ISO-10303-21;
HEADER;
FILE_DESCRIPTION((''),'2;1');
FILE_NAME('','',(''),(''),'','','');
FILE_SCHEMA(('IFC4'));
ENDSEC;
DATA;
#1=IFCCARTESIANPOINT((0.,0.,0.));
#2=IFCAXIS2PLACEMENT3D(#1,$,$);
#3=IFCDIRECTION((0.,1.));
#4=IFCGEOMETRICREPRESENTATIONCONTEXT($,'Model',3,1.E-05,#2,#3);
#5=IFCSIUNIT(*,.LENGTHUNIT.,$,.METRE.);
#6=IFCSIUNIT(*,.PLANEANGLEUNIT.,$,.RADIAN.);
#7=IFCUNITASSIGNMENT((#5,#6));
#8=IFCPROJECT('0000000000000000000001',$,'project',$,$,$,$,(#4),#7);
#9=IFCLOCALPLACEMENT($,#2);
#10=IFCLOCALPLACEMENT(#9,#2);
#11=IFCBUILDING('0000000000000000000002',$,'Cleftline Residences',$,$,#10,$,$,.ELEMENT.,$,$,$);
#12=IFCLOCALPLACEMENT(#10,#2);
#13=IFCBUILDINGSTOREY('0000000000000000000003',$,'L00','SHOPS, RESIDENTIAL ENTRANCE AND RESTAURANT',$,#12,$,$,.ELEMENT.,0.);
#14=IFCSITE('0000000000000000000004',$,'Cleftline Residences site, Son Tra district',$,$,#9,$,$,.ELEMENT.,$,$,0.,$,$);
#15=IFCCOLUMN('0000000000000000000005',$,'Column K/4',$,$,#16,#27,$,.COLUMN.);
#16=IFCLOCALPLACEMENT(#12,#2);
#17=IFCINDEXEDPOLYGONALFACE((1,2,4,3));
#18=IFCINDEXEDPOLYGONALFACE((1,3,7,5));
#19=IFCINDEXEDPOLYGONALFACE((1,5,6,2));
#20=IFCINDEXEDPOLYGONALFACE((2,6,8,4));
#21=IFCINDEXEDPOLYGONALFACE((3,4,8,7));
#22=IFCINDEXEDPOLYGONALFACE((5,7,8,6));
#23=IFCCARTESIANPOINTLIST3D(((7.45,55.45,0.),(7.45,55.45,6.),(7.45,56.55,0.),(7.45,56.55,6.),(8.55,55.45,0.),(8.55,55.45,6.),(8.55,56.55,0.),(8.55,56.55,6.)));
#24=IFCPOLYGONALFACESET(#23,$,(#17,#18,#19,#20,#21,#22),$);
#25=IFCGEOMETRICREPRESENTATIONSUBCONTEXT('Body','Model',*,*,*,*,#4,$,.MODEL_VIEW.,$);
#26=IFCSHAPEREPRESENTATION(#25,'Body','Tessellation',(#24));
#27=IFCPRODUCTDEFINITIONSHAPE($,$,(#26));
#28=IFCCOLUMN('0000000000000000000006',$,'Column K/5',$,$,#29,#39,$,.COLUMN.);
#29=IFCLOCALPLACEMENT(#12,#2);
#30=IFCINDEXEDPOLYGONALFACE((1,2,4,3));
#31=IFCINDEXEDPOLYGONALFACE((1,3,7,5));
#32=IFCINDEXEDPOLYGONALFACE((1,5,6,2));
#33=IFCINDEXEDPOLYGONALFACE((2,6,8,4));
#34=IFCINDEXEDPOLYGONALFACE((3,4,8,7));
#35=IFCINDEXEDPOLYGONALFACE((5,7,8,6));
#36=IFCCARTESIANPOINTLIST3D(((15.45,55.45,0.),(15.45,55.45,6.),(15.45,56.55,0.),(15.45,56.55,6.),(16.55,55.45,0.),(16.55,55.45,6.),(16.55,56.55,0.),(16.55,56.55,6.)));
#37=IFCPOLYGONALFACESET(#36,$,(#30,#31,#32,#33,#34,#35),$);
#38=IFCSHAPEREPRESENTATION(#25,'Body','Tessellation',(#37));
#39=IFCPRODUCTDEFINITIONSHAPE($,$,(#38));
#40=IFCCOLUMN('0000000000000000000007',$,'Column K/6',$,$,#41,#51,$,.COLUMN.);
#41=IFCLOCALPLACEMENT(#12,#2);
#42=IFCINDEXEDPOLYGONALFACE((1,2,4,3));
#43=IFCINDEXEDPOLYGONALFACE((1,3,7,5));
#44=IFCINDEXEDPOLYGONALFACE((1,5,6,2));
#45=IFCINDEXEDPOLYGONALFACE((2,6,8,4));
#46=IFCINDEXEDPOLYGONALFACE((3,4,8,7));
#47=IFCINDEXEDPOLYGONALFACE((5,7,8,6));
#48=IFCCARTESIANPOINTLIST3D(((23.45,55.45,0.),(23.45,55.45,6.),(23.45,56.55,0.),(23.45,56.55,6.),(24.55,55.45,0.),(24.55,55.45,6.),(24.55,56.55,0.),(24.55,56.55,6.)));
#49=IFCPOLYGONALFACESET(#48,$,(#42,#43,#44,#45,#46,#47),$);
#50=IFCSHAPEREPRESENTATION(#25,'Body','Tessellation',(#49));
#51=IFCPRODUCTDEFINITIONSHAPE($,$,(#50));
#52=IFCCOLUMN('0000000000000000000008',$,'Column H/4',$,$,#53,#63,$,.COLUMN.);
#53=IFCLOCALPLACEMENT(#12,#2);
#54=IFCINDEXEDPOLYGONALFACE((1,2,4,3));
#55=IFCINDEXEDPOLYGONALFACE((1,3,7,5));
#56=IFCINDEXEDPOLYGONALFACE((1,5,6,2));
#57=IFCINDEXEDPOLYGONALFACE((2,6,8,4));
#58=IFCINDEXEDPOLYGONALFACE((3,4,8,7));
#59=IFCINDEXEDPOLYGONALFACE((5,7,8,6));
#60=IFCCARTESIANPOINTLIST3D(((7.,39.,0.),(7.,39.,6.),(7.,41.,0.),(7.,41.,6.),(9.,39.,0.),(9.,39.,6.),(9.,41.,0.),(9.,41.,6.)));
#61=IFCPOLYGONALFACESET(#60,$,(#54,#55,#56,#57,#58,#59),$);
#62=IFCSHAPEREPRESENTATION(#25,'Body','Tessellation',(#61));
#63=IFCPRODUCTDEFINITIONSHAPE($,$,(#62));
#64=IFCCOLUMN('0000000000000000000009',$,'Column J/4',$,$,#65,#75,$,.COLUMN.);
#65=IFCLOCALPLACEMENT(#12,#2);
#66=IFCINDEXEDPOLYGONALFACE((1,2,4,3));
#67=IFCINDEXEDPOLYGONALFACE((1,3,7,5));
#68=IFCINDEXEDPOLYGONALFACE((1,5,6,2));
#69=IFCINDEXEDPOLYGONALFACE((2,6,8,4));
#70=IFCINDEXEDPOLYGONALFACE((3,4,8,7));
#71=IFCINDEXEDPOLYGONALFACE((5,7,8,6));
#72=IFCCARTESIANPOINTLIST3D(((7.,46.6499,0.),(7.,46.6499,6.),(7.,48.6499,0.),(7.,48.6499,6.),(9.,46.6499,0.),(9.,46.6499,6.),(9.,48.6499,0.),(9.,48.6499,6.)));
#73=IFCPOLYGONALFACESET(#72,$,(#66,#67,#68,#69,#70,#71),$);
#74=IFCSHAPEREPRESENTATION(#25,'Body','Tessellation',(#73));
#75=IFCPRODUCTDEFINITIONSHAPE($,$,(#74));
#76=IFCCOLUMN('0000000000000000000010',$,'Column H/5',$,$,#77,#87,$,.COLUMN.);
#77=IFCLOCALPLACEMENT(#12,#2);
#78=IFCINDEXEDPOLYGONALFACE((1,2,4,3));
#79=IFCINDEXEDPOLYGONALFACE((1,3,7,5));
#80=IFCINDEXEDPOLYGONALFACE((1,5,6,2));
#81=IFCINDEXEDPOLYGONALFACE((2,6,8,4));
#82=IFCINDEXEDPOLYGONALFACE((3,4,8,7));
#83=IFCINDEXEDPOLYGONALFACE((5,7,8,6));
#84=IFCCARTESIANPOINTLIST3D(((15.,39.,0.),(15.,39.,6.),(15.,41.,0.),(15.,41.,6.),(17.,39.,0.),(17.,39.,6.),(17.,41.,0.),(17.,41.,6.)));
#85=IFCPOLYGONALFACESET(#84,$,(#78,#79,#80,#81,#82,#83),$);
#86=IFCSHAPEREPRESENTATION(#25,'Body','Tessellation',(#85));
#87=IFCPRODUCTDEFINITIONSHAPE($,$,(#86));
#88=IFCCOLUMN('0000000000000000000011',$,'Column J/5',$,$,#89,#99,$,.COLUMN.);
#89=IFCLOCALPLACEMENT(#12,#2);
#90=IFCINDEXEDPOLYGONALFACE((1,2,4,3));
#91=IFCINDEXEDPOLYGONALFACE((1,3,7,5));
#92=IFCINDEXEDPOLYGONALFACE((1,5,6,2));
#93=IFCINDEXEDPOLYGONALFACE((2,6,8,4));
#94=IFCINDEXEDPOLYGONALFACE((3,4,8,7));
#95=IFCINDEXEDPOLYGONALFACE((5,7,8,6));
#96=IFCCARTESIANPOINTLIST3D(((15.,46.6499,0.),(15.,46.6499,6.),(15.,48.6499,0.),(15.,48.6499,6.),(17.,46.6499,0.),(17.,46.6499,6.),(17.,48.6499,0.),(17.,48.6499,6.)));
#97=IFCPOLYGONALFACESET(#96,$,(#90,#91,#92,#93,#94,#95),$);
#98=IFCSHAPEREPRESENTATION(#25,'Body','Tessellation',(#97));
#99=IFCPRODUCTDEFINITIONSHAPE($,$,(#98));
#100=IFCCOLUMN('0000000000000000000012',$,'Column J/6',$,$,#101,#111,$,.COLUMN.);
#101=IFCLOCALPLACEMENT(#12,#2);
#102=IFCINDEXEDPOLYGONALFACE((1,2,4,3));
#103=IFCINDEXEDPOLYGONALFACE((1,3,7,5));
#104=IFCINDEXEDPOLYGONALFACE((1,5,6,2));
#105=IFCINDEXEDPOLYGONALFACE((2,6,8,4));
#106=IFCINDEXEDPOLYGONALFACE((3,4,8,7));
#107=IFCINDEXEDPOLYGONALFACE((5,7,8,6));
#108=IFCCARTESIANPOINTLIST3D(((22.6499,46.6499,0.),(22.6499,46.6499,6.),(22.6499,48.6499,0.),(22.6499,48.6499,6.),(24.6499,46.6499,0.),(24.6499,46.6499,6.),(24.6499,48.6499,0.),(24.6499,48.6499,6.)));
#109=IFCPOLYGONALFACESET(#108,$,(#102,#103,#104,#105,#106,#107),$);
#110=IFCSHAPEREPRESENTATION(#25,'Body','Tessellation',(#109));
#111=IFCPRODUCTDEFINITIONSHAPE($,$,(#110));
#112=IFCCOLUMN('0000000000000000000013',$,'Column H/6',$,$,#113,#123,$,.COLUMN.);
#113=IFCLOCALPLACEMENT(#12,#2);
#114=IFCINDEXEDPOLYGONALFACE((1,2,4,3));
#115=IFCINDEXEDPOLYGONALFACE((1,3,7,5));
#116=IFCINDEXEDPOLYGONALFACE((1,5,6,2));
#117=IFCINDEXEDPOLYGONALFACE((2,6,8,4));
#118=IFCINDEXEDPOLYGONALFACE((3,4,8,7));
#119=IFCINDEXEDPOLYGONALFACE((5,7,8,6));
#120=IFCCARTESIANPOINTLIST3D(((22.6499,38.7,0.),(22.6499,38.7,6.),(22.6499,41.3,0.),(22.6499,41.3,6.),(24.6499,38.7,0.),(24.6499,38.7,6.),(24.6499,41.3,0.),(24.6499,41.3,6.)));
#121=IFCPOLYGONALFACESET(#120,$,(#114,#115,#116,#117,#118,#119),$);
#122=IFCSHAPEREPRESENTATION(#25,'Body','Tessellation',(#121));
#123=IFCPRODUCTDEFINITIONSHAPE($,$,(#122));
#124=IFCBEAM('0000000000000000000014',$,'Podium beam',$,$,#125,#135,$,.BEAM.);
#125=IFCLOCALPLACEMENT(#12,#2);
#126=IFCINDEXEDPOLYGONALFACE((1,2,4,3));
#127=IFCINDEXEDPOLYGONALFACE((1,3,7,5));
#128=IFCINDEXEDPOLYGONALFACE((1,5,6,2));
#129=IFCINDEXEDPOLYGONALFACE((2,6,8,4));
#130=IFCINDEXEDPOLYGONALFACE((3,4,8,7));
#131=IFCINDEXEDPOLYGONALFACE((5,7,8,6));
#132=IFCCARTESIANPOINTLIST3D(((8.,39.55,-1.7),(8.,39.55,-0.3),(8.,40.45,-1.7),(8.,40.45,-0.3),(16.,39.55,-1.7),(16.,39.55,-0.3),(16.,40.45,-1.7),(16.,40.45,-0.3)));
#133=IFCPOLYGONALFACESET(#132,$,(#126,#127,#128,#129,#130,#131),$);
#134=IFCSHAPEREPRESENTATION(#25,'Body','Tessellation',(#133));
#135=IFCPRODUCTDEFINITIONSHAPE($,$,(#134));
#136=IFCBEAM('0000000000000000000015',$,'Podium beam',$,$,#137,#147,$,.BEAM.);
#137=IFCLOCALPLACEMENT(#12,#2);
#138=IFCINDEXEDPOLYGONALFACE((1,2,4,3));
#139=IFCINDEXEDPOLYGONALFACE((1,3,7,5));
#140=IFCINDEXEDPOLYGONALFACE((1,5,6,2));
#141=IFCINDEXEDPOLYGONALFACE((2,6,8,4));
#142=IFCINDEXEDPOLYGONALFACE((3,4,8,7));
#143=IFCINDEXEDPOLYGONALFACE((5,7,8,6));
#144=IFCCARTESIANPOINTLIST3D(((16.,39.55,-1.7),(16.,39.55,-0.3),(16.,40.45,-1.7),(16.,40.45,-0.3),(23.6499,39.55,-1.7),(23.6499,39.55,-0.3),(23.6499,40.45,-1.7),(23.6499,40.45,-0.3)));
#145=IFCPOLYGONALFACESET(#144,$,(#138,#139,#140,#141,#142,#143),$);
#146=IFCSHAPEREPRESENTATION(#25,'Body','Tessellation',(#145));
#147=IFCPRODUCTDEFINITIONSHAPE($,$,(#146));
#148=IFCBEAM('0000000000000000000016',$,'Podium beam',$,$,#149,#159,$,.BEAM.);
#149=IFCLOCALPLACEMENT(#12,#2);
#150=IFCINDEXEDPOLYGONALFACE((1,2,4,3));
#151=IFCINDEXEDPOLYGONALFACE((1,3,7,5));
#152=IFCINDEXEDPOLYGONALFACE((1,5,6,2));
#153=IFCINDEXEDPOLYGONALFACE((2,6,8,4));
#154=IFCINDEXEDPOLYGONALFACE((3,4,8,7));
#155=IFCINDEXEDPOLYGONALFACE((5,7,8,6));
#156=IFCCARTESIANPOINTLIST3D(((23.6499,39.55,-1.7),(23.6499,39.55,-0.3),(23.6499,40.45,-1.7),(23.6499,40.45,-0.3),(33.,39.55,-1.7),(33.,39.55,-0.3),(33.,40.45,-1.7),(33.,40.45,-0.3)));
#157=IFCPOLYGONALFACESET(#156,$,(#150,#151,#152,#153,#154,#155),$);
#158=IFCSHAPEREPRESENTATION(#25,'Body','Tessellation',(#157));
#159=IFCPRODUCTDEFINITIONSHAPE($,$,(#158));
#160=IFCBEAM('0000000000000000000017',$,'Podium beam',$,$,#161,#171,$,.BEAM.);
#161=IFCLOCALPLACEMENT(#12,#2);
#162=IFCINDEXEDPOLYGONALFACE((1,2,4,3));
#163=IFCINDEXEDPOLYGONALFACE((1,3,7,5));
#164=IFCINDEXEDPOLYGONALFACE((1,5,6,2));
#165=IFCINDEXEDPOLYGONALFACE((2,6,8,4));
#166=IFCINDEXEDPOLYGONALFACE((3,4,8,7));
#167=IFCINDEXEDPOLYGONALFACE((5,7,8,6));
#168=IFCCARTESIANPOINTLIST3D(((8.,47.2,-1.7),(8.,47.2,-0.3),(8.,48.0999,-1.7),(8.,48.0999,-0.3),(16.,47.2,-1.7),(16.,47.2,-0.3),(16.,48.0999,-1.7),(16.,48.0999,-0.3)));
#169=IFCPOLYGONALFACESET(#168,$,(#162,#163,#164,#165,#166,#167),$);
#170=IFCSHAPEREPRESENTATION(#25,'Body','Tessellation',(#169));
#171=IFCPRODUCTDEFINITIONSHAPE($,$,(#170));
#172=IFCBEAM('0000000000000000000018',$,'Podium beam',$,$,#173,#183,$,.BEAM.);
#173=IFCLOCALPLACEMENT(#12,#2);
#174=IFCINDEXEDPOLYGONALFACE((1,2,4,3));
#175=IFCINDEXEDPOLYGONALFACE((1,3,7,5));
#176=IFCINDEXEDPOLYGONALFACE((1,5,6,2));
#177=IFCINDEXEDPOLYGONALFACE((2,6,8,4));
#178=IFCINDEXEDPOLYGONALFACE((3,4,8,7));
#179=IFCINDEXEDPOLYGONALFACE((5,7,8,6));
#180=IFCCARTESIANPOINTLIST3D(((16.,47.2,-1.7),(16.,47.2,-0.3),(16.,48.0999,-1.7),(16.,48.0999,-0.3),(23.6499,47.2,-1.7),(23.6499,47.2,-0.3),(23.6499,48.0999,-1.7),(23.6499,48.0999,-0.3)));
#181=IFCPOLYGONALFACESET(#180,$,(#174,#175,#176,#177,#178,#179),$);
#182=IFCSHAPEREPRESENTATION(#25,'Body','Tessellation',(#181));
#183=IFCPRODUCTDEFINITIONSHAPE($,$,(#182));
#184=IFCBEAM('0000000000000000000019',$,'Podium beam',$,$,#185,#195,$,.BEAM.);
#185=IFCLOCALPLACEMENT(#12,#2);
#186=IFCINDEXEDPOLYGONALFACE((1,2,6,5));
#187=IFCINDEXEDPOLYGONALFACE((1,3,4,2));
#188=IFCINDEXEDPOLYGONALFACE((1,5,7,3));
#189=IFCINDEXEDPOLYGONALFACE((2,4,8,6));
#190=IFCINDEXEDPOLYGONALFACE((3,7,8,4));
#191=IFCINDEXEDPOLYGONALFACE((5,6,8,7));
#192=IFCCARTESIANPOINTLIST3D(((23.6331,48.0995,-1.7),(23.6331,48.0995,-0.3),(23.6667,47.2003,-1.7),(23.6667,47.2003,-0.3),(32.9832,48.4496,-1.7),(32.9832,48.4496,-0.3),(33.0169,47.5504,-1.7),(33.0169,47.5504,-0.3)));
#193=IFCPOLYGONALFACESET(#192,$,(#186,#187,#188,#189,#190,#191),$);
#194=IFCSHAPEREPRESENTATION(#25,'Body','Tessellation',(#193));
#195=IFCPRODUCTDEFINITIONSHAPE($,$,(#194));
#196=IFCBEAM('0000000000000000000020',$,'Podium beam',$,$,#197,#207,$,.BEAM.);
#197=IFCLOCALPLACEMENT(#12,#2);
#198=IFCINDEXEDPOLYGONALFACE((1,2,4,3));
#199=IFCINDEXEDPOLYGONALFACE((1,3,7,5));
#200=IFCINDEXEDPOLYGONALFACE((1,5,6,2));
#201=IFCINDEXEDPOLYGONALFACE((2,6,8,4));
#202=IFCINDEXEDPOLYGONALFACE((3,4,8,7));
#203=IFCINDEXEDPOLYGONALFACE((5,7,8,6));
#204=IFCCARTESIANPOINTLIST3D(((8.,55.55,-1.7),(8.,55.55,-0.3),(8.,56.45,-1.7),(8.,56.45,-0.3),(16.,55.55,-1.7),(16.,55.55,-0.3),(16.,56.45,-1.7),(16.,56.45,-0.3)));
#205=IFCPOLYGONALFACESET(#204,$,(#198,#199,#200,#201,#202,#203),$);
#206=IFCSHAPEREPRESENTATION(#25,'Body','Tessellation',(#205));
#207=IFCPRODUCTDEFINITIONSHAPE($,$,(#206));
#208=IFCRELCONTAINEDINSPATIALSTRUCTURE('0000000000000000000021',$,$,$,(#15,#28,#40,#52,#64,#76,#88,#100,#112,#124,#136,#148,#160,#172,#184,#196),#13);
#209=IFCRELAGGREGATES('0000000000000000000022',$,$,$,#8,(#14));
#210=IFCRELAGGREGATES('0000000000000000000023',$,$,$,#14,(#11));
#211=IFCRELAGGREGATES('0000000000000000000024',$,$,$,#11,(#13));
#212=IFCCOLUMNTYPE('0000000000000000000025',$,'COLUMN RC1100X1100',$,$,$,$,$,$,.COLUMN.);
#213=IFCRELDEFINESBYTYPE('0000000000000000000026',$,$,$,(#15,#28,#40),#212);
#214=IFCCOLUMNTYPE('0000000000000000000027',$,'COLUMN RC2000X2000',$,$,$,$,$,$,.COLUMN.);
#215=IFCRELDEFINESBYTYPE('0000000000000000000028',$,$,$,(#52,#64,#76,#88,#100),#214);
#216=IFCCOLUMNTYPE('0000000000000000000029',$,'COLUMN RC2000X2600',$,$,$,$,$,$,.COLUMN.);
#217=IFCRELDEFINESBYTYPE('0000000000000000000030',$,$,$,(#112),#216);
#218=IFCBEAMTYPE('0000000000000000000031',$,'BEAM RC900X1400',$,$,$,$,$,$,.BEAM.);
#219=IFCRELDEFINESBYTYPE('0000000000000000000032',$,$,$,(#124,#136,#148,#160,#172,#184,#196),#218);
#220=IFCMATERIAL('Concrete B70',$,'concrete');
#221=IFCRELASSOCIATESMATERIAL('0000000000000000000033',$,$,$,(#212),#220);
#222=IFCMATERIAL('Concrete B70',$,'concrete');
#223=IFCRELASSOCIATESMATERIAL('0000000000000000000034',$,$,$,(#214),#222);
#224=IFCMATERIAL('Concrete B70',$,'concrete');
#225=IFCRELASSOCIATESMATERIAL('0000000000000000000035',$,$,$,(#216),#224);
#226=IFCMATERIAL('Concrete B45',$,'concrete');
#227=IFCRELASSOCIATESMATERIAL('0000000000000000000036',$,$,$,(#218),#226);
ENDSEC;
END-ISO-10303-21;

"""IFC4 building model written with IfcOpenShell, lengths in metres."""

from ifc_helpers import new_model, si_unit, direction, frame, origin, origin_2d, place, context, subcontext, project, spatial, rectangle, extrude, material, material_profile, profile_set, type_object, element, save


model = new_model("IFC4")

# Units and contexts
model_context = context("Model", 3, precision=1e-05, world=origin(), true_north=direction((0.0, 1.0)))
body_context = subcontext(model_context, "Body", "Model", "MODEL_VIEW")
ifc_project = project(units=[si_unit("LENGTHUNIT", "METRE"), si_unit("PLANEANGLEUNIT", "RADIAN")], contexts=[model_context])

# Site, building, storey
site_placement = place(None, origin())
site = spatial("IfcSite", under=ifc_project, at=site_placement, Name="Cleftline Residences site, Son Tra district", CompositionType="ELEMENT", RefElevation=0.0)
building_placement = place(site_placement, origin())
building = spatial("IfcBuilding", under=site, at=building_placement, Name="Cleftline Residences", CompositionType="ELEMENT")
storey_placement = place(building_placement, origin())
storey = spatial("IfcBuildingStorey", under=building, at=storey_placement, Name="L00", Description="SHOPS, RESIDENTIAL ENTRANCE AND RESTAURANT", CompositionType="ELEMENT", Elevation=0.0)

# Columns
ifc_material_1 = material(Name="Concrete B70", Category="concrete")
ifc_material_profile_1 = material_profile(ifc_material_1, rectangle(XDim=1.1001, YDim=1.1001, at=origin_2d()))
ifc_profile_set_1 = profile_set([ifc_material_profile_1], Name="Concrete B70")
column_type_1 = type_object("IfcColumnType", Name="COLUMN RC1100X1100", PredefinedType="COLUMN", material=ifc_profile_set_1)
for number, where, z_axis, x_axis, name in (
    (1, (8.0, 56.0, 0.0), (0.0, 0.0, 1.0), (1.0, 0.0, 0.0), "Column K/4"),
    (2, (16.0, 56.0, 0.0), (0.0, 0.0, 1.0), (1.0, 0.0, 0.0), "Column K/5"),
    (3, (24.0, 56.0, 0.0), (0.0, 0.0, 1.0), (1.0, 0.0, 0.0), "Column K/6"),
):
    element("IfcColumn", number, at=place(storey_placement, frame(where, z_axis=z_axis, x_axis=x_axis)), inside=storey, type_object=column_type_1, Name=name, PredefinedType="COLUMN", context=body_context, shape_type="SweptSolid", body=[
        extrude(rectangle(XDim=1.1001, YDim=1.1001, at=origin_2d()), origin(), (0.0, 0.0, 1.0), 6.0),
    ])
ifc_material_2 = material(Name="Concrete B70", Category="concrete")
ifc_material_profile_2 = material_profile(ifc_material_2, rectangle(XDim=2.0, YDim=2.0, at=origin_2d()))
ifc_profile_set_2 = profile_set([ifc_material_profile_2], Name="Concrete B70")
column_type_2 = type_object("IfcColumnType", Name="COLUMN RC2000X2000", PredefinedType="COLUMN", material=ifc_profile_set_2)
for number, where, z_axis, x_axis, name in (
    (4, (8.0, 40.0, 0.0), (0.0, 0.0, 1.0), (1.0, 0.0, 0.0), "Column H/4"),
    (5, (8.0, 47.6499, 0.0), (0.0, 0.0, 1.0), (1.0, 0.0, 0.0), "Column J/4"),
    (6, (16.0, 40.0, 0.0), (0.0, 0.0, 1.0), (1.0, 0.0, 0.0), "Column H/5"),
    (7, (16.0, 47.6499, 0.0), (0.0, 0.0, 1.0), (1.0, 0.0, 0.0), "Column J/5"),
    (8, (23.6499, 47.6499, 0.0), (0.0, 0.0, 1.0), (1.0, 0.0, 0.0), "Column J/6"),
):
    element("IfcColumn", number, at=place(storey_placement, frame(where, z_axis=z_axis, x_axis=x_axis)), inside=storey, type_object=column_type_2, Name=name, PredefinedType="COLUMN", context=body_context, shape_type="SweptSolid", body=[
        extrude(rectangle(XDim=2.0, YDim=2.0, at=origin_2d()), origin(), (0.0, 0.0, 1.0), 6.0),
    ])
ifc_material_3 = material(Name="Concrete B70", Category="concrete")
ifc_material_profile_3 = material_profile(ifc_material_3, rectangle(XDim=2.0, YDim=2.6001, at=origin_2d()))
ifc_profile_set_3 = profile_set([ifc_material_profile_3], Name="Concrete B70")
column_type_3 = type_object("IfcColumnType", Name="COLUMN RC2000X2600", PredefinedType="COLUMN", material=ifc_profile_set_3)
column_placement = place(storey_placement, frame((23.6499, 40.0, 0.0), z_axis=(0.0, 0.0, 1.0), x_axis=(1.0, 0.0, 0.0)))
element("IfcColumn", 9, at=column_placement, inside=storey, type_object=column_type_3, Name="Column H/6", PredefinedType="COLUMN", context=body_context, shape_type="SweptSolid", body=[
    extrude(rectangle(XDim=2.0, YDim=2.6001, at=origin_2d()), origin(), (0.0, 0.0, 1.0), 6.0),
])

# Beams
ifc_material_4 = material(Name="Concrete B45", Category="concrete")
ifc_material_profile_4 = material_profile(ifc_material_4, rectangle(XDim=0.8999, YDim=1.3999, at=origin_2d()))
ifc_profile_set_4 = profile_set([ifc_material_profile_4], Name="Concrete B45")
beam_type = type_object("IfcBeamType", Name="BEAM RC900X1400", PredefinedType="BEAM", material=ifc_profile_set_4)
beam_1_placement = place(storey_placement, frame((8.0, 40.0, -1.0), z_axis=(1.0, 0.0, 0.0), x_axis=(0.0, 1.0, 0.0)))
element("IfcBeam", 10, at=beam_1_placement, inside=storey, type_object=beam_type, Name="Podium beam", PredefinedType="BEAM", context=body_context, shape_type="SweptSolid", body=[
    extrude(rectangle(XDim=0.8999, YDim=1.3999, at=origin_2d()), origin(), (0.0, 0.0, 1.0), 8.0),
])
beam_2_placement = place(storey_placement, frame((16.0, 40.0, -1.0), z_axis=(1.0, 0.0, 0.0), x_axis=(0.0, 1.0, 0.0)))
element("IfcBeam", 11, at=beam_2_placement, inside=storey, type_object=beam_type, Name="Podium beam", PredefinedType="BEAM", context=body_context, shape_type="SweptSolid", body=[
    extrude(rectangle(XDim=0.8999, YDim=1.3999, at=origin_2d()), origin(), (0.0, 0.0, 1.0), 7.6499),
])
beam_3_placement = place(storey_placement, frame((23.6499, 40.0, -1.0), z_axis=(1.0, 0.0, 0.0), x_axis=(0.0, 1.0, 0.0)))
element("IfcBeam", 12, at=beam_3_placement, inside=storey, type_object=beam_type, Name="Podium beam", PredefinedType="BEAM", context=body_context, shape_type="SweptSolid", body=[
    extrude(rectangle(XDim=0.8999, YDim=1.3999, at=origin_2d()), origin(), (0.0, 0.0, 1.0), 9.3501),
])
beam_4_placement = place(storey_placement, frame((8.0, 47.6499, -1.0), z_axis=(1.0, 0.0, 0.0), x_axis=(0.0, 1.0, 0.0)))
element("IfcBeam", 13, at=beam_4_placement, inside=storey, type_object=beam_type, Name="Podium beam", PredefinedType="BEAM", context=body_context, shape_type="SweptSolid", body=[
    extrude(rectangle(XDim=0.8999, YDim=1.3999, at=origin_2d()), origin(), (0.0, 0.0, 1.0), 8.0),
])
beam_5_placement = place(storey_placement, frame((16.0, 47.6499, -1.0), z_axis=(1.0, 0.0, 0.0), x_axis=(0.0, 1.0, 0.0)))
element("IfcBeam", 14, at=beam_5_placement, inside=storey, type_object=beam_type, Name="Podium beam", PredefinedType="BEAM", context=body_context, shape_type="SweptSolid", body=[
    extrude(rectangle(XDim=0.8999, YDim=1.3999, at=origin_2d()), origin(), (0.0, 0.0, 1.0), 7.6499),
])
beam_6_placement = place(storey_placement, frame((23.6499, 47.6499, -1.0), z_axis=(0.9993, 0.037417, 0.0), x_axis=(-0.037417, 0.9993, 0.0)))
element("IfcBeam", 15, at=beam_6_placement, inside=storey, type_object=beam_type, Name="Podium beam", PredefinedType="BEAM", context=body_context, shape_type="SweptSolid", body=[
    extrude(rectangle(XDim=0.8999, YDim=1.3999, at=origin_2d()), origin(), (0.0, 0.0, 1.0), 9.3567),
])
for number, where, z_axis, x_axis, name in (
    (16, (8.0, 56.0, -1.0), (1.0, 0.0, 0.0), (0.0, 1.0, 0.0), "Podium beam"),
):
    element("IfcBeam", number, at=place(storey_placement, frame(where, z_axis=z_axis, x_axis=x_axis)), inside=storey, type_object=beam_type, Name=name, PredefinedType="BEAM", context=body_context, shape_type="SweptSolid", body=[
        extrude(rectangle(XDim=0.8999, YDim=1.3999, at=origin_2d()), origin(), (0.0, 0.0, 1.0), 8.0),
    ])

save(model, "model.ifc")
